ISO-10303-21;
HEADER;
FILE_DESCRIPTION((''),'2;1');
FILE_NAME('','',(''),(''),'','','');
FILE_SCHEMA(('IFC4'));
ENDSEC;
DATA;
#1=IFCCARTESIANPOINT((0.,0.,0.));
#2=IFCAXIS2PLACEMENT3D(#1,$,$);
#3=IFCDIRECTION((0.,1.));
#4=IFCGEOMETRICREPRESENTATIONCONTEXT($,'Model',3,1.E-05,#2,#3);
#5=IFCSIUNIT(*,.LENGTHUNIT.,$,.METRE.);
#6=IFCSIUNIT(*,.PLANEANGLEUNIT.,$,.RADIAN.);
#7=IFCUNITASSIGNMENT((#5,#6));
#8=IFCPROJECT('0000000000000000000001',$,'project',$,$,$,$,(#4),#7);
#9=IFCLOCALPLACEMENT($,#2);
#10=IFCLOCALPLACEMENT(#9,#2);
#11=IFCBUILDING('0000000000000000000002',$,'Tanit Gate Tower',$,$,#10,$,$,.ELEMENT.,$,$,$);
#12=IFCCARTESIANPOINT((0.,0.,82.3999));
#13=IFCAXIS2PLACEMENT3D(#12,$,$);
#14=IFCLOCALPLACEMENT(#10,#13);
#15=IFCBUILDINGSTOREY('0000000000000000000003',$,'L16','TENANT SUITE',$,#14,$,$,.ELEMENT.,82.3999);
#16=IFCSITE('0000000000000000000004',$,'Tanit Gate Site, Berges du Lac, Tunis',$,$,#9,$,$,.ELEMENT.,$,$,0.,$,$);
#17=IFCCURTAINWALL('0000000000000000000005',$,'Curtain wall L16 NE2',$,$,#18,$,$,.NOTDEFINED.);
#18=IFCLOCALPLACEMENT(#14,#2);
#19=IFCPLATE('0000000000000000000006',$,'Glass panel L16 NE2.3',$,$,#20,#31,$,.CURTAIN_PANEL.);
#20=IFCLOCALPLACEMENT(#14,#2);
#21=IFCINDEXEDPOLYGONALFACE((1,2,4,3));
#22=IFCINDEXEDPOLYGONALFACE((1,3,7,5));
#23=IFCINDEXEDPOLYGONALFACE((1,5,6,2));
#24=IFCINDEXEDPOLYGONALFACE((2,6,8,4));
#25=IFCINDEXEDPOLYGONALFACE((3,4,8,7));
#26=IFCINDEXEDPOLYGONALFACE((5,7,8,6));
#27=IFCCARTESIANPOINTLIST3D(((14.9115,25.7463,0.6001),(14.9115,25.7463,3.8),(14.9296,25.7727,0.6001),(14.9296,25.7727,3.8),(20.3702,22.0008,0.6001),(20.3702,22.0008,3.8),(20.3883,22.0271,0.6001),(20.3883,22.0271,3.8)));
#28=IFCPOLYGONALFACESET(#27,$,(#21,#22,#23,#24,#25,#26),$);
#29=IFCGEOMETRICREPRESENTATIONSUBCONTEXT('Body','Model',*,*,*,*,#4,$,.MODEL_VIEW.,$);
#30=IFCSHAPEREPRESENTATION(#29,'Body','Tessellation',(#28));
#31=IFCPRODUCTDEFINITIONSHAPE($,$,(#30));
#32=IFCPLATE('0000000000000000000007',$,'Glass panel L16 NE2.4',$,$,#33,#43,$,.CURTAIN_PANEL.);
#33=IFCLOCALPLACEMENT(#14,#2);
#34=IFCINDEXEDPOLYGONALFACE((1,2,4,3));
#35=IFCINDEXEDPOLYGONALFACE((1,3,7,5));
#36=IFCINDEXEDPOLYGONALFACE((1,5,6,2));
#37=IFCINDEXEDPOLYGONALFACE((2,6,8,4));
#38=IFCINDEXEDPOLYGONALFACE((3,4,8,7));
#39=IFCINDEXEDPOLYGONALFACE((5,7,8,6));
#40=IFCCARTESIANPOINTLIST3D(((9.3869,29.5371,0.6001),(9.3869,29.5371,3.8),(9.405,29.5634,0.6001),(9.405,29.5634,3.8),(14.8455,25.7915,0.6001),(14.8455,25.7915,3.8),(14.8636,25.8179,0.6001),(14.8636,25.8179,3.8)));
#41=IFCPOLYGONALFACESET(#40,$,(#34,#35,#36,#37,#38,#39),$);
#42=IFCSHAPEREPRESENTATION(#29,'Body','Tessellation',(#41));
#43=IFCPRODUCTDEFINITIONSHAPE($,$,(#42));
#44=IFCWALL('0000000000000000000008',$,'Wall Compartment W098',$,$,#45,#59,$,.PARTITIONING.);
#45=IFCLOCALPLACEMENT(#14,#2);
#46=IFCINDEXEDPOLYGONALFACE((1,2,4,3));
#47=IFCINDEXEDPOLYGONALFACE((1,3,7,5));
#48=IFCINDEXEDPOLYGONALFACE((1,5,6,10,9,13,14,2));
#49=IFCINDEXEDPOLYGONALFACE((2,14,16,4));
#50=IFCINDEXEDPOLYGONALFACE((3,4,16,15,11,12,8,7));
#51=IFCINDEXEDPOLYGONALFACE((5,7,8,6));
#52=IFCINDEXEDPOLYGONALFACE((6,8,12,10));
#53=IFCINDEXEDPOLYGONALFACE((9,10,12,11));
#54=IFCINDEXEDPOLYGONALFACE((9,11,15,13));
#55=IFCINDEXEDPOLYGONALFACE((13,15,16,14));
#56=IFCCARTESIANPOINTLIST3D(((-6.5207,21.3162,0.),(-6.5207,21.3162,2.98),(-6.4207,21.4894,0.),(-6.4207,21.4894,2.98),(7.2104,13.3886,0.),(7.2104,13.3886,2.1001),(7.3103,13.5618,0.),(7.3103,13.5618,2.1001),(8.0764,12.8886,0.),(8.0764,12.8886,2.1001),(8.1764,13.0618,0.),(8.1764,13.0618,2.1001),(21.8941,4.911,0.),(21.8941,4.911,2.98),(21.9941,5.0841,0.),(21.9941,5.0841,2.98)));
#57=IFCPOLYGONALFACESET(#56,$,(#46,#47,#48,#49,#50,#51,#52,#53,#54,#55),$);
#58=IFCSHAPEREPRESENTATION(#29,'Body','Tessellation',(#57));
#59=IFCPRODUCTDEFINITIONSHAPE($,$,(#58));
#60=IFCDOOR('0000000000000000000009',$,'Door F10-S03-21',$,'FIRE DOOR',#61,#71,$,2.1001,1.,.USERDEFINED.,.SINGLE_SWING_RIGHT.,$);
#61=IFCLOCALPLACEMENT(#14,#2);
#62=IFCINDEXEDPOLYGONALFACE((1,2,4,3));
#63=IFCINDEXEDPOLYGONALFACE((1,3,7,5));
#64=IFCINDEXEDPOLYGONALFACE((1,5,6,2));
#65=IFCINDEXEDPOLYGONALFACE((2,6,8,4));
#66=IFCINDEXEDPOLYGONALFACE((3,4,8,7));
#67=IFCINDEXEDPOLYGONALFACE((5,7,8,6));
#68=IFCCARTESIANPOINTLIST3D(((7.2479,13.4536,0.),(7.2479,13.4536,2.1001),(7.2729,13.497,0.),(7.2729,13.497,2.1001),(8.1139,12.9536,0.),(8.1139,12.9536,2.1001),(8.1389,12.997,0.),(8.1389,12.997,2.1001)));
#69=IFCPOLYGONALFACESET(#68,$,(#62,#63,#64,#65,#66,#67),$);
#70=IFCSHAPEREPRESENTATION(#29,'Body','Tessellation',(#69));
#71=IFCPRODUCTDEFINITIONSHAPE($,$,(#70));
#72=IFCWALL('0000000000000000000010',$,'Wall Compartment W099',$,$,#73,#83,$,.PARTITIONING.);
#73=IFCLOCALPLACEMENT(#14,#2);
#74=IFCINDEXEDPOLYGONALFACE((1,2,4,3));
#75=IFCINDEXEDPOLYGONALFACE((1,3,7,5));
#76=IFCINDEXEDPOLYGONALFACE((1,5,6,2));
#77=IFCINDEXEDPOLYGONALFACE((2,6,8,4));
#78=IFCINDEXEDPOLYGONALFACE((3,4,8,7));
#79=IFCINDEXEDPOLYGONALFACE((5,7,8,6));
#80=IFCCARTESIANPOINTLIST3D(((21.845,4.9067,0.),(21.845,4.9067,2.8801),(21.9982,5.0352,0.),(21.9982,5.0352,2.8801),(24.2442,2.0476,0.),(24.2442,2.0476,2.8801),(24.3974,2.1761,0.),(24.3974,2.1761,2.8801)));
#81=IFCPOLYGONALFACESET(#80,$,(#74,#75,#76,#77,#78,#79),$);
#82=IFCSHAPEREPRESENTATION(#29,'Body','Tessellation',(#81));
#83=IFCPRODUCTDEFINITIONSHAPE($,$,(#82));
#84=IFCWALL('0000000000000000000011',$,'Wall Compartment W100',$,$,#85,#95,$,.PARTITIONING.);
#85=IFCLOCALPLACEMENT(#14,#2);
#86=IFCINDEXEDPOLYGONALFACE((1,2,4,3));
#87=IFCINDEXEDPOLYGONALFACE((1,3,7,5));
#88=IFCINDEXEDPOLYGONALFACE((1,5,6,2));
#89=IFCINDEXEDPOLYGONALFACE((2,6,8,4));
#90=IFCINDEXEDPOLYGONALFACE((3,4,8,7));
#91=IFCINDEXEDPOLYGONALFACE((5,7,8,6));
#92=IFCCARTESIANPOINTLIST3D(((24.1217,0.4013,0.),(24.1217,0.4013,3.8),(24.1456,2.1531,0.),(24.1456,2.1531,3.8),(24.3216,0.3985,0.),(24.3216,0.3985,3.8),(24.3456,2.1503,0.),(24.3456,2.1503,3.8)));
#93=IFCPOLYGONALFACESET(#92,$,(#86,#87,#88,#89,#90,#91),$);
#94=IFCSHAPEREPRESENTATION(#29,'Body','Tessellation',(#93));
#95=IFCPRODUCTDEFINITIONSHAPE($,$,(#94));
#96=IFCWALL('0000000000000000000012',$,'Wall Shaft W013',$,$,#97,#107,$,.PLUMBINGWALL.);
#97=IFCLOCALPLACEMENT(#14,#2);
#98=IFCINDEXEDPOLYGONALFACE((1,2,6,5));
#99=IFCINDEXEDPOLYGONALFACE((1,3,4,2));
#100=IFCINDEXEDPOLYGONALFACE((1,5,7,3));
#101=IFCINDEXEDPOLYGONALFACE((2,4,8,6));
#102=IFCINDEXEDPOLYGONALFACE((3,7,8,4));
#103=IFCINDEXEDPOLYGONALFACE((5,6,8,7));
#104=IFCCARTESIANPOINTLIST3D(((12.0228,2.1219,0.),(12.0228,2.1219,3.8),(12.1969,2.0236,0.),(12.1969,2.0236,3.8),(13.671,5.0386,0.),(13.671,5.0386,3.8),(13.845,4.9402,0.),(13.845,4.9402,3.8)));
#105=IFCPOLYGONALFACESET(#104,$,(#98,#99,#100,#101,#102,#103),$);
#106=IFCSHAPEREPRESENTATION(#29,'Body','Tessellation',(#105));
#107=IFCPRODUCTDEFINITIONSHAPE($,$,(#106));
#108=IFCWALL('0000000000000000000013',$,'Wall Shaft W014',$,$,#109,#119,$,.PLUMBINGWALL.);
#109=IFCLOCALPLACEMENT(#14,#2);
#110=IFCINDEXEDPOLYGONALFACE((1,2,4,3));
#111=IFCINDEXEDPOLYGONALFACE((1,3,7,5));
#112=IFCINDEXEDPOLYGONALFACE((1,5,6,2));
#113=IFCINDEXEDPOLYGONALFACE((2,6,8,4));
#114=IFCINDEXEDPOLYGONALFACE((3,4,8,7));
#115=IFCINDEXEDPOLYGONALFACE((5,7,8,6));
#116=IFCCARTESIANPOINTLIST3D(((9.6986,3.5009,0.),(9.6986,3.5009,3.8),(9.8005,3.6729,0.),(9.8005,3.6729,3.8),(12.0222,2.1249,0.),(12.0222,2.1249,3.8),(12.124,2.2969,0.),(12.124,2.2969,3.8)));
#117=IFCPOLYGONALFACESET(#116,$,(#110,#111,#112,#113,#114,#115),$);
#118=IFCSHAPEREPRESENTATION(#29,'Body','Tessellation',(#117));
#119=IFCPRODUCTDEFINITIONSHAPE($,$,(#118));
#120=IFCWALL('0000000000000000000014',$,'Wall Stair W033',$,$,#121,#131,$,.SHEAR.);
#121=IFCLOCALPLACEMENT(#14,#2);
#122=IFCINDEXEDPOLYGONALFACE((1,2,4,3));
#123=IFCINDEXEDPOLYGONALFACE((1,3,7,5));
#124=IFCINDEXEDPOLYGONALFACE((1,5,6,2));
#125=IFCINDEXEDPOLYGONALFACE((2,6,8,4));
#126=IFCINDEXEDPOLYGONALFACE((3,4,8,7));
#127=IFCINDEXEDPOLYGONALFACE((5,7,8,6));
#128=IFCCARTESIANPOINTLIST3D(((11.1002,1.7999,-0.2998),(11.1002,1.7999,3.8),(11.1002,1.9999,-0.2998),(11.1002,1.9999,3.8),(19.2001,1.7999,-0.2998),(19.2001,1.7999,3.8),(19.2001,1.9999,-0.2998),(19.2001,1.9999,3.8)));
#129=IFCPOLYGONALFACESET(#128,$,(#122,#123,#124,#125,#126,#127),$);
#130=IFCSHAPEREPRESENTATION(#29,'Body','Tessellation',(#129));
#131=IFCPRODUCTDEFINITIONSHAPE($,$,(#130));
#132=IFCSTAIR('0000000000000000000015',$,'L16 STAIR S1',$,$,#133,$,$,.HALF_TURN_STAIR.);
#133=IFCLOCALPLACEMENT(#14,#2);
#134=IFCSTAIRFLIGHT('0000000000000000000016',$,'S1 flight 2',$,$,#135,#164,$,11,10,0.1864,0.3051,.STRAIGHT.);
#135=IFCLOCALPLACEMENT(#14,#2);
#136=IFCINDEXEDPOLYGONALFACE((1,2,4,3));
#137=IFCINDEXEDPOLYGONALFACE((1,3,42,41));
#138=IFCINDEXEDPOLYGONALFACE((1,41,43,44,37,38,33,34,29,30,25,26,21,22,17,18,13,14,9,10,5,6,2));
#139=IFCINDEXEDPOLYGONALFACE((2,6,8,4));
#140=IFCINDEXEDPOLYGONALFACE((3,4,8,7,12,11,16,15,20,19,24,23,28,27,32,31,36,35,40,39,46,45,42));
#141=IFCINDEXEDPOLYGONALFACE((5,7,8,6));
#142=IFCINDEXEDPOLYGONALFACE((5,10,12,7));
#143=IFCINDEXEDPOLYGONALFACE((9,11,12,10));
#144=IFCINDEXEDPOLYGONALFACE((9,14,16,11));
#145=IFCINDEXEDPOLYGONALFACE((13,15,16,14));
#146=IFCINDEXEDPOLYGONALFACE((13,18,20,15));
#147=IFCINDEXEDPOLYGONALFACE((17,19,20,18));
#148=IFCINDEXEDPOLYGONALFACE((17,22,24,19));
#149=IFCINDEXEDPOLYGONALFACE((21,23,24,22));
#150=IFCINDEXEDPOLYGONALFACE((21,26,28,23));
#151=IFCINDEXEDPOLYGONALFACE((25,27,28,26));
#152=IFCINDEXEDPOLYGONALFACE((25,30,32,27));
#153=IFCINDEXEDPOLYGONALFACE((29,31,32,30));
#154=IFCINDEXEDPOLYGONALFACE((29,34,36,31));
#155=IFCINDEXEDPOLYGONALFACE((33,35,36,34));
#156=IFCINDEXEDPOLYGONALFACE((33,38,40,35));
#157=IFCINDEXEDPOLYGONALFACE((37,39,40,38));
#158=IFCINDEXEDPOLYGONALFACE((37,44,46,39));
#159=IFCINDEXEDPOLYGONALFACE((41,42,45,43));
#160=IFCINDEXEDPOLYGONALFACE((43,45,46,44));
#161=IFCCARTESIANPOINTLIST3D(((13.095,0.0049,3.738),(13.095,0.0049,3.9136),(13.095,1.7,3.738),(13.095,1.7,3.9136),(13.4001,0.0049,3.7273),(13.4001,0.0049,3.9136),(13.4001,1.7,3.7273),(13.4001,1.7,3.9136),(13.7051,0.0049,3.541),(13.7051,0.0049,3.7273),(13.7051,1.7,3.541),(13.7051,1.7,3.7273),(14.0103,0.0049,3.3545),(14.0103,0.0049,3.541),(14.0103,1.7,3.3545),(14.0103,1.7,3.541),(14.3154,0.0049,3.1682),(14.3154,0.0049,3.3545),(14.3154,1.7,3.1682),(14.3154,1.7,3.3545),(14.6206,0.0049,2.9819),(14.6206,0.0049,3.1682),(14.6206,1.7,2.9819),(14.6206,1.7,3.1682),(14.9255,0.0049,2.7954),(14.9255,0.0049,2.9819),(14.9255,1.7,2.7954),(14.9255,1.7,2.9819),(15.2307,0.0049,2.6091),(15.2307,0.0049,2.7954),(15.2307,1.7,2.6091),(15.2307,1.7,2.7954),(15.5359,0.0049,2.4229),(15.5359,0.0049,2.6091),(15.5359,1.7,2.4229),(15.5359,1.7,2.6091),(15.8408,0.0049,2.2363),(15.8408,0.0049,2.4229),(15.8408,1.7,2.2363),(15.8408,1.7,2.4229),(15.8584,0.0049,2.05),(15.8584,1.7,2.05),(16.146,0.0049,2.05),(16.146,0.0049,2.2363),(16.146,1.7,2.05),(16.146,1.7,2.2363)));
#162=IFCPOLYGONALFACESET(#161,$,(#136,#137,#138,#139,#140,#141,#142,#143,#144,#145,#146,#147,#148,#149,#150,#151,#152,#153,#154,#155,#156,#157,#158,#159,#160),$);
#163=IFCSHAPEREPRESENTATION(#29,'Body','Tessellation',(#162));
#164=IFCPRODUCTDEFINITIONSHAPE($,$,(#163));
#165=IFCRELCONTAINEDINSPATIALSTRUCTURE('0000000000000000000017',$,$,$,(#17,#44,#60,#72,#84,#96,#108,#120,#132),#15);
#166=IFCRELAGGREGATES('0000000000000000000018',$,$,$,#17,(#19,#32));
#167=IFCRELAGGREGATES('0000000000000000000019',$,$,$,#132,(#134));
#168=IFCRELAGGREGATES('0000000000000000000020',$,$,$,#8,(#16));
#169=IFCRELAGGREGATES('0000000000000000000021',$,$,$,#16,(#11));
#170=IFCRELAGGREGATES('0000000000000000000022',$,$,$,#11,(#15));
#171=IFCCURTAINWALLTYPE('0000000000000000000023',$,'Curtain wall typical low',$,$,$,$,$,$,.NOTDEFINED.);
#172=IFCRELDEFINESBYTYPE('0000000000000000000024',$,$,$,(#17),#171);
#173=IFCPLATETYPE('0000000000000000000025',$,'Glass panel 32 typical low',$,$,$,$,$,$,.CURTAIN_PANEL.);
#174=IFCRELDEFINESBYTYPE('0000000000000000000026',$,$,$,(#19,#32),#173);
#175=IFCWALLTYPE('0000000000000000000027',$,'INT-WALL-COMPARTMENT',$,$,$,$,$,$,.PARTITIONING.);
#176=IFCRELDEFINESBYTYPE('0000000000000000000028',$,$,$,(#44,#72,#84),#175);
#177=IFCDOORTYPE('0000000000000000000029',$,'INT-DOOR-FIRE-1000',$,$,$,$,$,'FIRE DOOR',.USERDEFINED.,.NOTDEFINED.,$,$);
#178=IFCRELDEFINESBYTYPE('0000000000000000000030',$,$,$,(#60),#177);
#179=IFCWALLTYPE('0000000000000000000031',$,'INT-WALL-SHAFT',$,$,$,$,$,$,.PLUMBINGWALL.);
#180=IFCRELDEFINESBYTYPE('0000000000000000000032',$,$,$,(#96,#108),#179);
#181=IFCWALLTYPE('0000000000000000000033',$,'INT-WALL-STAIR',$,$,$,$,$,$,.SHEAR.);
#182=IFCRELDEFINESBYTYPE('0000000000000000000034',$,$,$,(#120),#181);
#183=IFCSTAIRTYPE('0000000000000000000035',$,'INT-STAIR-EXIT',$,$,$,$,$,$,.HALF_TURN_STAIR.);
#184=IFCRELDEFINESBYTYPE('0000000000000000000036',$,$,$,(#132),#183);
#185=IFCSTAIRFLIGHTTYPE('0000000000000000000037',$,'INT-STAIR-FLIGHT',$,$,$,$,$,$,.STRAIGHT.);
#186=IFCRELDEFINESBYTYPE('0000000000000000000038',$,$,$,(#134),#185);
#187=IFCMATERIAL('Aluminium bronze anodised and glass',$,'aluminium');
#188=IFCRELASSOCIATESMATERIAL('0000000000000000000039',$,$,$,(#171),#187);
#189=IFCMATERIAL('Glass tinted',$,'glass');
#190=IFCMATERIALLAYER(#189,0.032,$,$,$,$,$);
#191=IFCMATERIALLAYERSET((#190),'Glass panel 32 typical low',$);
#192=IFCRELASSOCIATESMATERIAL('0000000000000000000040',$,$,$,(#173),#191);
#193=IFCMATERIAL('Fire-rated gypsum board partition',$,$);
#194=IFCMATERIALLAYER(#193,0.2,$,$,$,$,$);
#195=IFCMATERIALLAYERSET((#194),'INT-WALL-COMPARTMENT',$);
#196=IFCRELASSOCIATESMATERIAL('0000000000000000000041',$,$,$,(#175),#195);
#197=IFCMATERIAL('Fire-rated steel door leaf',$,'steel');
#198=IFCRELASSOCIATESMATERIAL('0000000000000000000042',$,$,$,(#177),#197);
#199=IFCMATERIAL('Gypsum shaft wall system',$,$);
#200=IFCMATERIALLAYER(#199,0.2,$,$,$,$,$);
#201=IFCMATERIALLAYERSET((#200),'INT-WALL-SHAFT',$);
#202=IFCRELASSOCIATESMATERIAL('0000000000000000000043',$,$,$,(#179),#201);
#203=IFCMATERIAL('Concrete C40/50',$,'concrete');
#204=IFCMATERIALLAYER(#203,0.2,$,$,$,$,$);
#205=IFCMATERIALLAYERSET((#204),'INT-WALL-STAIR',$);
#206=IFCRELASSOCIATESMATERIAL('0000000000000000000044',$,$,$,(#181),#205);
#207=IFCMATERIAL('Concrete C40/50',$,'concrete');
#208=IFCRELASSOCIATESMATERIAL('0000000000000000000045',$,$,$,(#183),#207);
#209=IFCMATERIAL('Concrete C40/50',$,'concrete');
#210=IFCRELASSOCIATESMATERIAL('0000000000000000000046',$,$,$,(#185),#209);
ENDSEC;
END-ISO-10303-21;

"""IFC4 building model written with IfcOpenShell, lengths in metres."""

from ifc_helpers import new_model, si_unit, direction, frame, frame_2d, origin, origin_2d, place, context, subcontext, project, spatial, polyline, rectangle, outline, extrude, material, layer, layer_set, type_object, element, fill, aggregate, save


model = new_model("IFC4")

# Units and contexts
model_context = context("Model", 3, precision=1e-05, world=origin(), true_north=direction((0.0, 1.0)))
body_context = subcontext(model_context, "Body", "Model", "MODEL_VIEW")
ifc_project = project(units=[si_unit("LENGTHUNIT", "METRE"), si_unit("PLANEANGLEUNIT", "RADIAN")], contexts=[model_context])

# Site, building, storey
site_placement = place(None, origin())
site = spatial("IfcSite", under=ifc_project, at=site_placement, Name="Tanit Gate Site, Berges du Lac, Tunis", CompositionType="ELEMENT", RefElevation=0.0)
building_placement = place(site_placement, origin())
building = spatial("IfcBuilding", under=site, at=building_placement, Name="Tanit Gate Tower", CompositionType="ELEMENT")
storey_placement = place(building_placement, frame((0.0, 0.0, 82.3999)))
storey = spatial("IfcBuildingStorey", under=building, at=storey_placement, Name="L16", Description="TENANT SUITE", CompositionType="ELEMENT", Elevation=82.3999)

# Curtain wall
ifc_material_1 = material(Name="Aluminium bronze anodised and glass", Category="aluminium")
curtain_wall_type = type_object("IfcCurtainWallType", Name="Curtain wall typical low", PredefinedType="NOTDEFINED", material=ifc_material_1)
curtain_wall_placement = place(storey_placement, origin())
curtain_wall = element("IfcCurtainWall", 1, at=curtain_wall_placement, inside=storey, type_object=curtain_wall_type, Name="Curtain wall L16 NE2", PredefinedType="NOTDEFINED")

# Plates
ifc_material_2 = material(Name="Glass tinted", Category="glass")
ifc_layer_1 = layer(ifc_material_2, 0.032)
ifc_layer_set_1 = layer_set([ifc_layer_1], Name="Glass panel 32 typical low")
plate_type = type_object("IfcPlateType", Name="Glass panel 32 typical low", PredefinedType="CURTAIN_PANEL", material=ifc_layer_set_1)
plate_1_placement = place(storey_placement, frame((17.6499, 23.8867, 0.6001), z_axis=(0.0, 0.0, 1.0), x_axis=(-0.824557, 0.56578, 0.0)))
plate_1 = element("IfcPlate", 2, at=plate_1_placement, type_object=plate_type, Name="Glass panel L16 NE2.3", PredefinedType="CURTAIN_PANEL", context=body_context, shape_type="SweptSolid", body=[
    extrude(rectangle(XDim=6.6201, YDim=0.032, at=origin_2d()), origin(), (0.0, 0.0, 1.0), 3.2),
])
plate_2_placement = place(storey_placement, frame((12.1252, 27.6775, 0.6001), z_axis=(0.0, 0.0, 1.0), x_axis=(-0.824557, 0.56578, 0.0)))
plate_2 = element("IfcPlate", 3, at=plate_2_placement, type_object=plate_type, Name="Glass panel L16 NE2.4", PredefinedType="CURTAIN_PANEL", context=body_context, shape_type="SweptSolid", body=[
    extrude(rectangle(XDim=6.6201, YDim=0.032, at=origin_2d()), origin(), (0.0, 0.0, 1.0), 3.2),
])
aggregate(curtain_wall, [plate_1, plate_2])

# Wall, opening, door
ifc_material_3 = material(Name="Fire-rated gypsum board partition")
ifc_layer_2 = layer(ifc_material_3, 0.2)
ifc_layer_set_2 = layer_set([ifc_layer_2], Name="INT-WALL-COMPARTMENT")
wall_type_1 = type_object("IfcWallType", Name="INT-WALL-COMPARTMENT", PredefinedType="PARTITIONING", material=ifc_layer_set_2)
wall_1_placement = place(storey_placement, frame((21.9441, 4.9976, 0.0), z_axis=(0.0, 0.0, 1.0), x_axis=(-0.866026, 0.5, 0.0)))
wall_1 = element("IfcWall", 4, at=wall_1_placement, inside=storey, type_object=wall_type_1, Name="Wall Compartment W098", PredefinedType="PARTITIONING", context=body_context, shape_type="SweptSolid", body=[
    extrude(rectangle(XDim=32.8105, YDim=0.2, at=frame_2d((16.4053, 0.0))), origin(), (0.0, 0.0, 1.0), 2.98),
])
opening_1_placement = place(wall_1_placement, frame((15.9553, 0.0, 0.0)))
opening_1 = element("IfcOpeningElement", 5, at=opening_1_placement, cuts=wall_1, PredefinedType="OPENING", context=body_context, shape_type="SweptSolid", body=[
    extrude(rectangle(XDim=1.0, YDim=2.1001, at=frame_2d((0.5, 1.05))), frame((0.0, 0.1099, 0.0), z_axis=(0.0, -1.0, 0.0), x_axis=(1.0, 0.0, 0.0)), (0.0, 0.0, 1.0), 0.22),
])
ifc_material_4 = material(Name="Fire-rated steel door leaf", Category="steel")
door_type_1 = type_object("IfcDoorType", Name="INT-DOOR-FIRE-1000", ElementType="FIRE DOOR", OperationType="NOTDEFINED", PredefinedType="USERDEFINED", material=ifc_material_4)
door_1_placement = place(opening_1_placement, origin())
door_1 = element("IfcDoor", 6, at=door_1_placement, inside=storey, type_object=door_type_1, Name="Door F10-S03-21", ObjectType="FIRE DOOR", OperationType="SINGLE_SWING_RIGHT", OverallHeight=2.1001, OverallWidth=1.0, PredefinedType="USERDEFINED", context=body_context, shape_type="SweptSolid", body=[
    extrude(rectangle(XDim=1.0, YDim=2.1001, at=frame_2d((0.5, 1.05))), frame((0.0, 0.0249, 0.0), z_axis=(0.0, -1.0, 0.0), x_axis=(1.0, 0.0, 0.0)), (0.0, 0.0, 1.0), 0.05),
])
fill(opening_1, door_1)

# Walls
wall_2_placement = place(storey_placement, frame((24.3208, 2.1118, 0.0), z_axis=(0.0, 0.0, 1.0), x_axis=(-0.642799, 0.766035, 0.0)))
element("IfcWall", 7, at=wall_2_placement, inside=storey, type_object=wall_type_1, Name="Wall Compartment W099", PredefinedType="PARTITIONING", context=body_context, shape_type="SweptSolid", body=[
    extrude(rectangle(XDim=3.7324, YDim=0.2, at=frame_2d((1.8662, 0.0))), origin(), (0.0, 0.0, 1.0), 2.8801),
])
wall_3_placement = place(storey_placement, frame((24.2217, 0.3999, 0.0), z_axis=(0.0, 0.0, 1.0), x_axis=(0.013657, 0.999907, 0.0)))
element("IfcWall", 8, at=wall_3_placement, inside=storey, type_object=wall_type_1, Name="Wall Compartment W100", PredefinedType="PARTITIONING", context=body_context, shape_type="SweptSolid", body=[
    extrude(rectangle(XDim=1.752, YDim=0.2, at=frame_2d((0.876, 0.0))), origin(), (0.0, 0.0, 1.0), 3.8),
])
ifc_material_5 = material(Name="Gypsum shaft wall system")
ifc_layer_3 = layer(ifc_material_5, 0.2)
ifc_layer_set_3 = layer_set([ifc_layer_3], Name="INT-WALL-SHAFT")
wall_type_2 = type_object("IfcWallType", Name="INT-WALL-SHAFT", PredefinedType="PLUMBINGWALL", material=ifc_layer_set_3)
wall_4_placement = place(storey_placement, frame((12.1099, 2.0728, 0.0), z_axis=(0.0, 0.0, 1.0), x_axis=(0.491966, 0.870614, 0.0)))
element("IfcWall", 9, at=wall_4_placement, inside=storey, type_object=wall_type_2, Name="Wall Shaft W013", PredefinedType="PLUMBINGWALL", context=body_context, shape_type="SweptSolid", body=[
    extrude(rectangle(XDim=3.3501, YDim=0.2, at=frame_2d((1.675, 0.0))), origin(), (0.0, 0.0, 1.0), 3.8),
])
wall_5_placement = place(storey_placement, frame((12.073, 2.2109, 0.0), z_axis=(0.0, 0.0, 1.0), x_axis=(-0.860438, 0.509555, 0.0)))
element("IfcWall", 10, at=wall_5_placement, inside=storey, type_object=wall_type_2, Name="Wall Shaft W014", PredefinedType="PLUMBINGWALL", context=body_context, shape_type="SweptSolid", body=[
    extrude(rectangle(XDim=2.7004, YDim=0.2, at=frame_2d((1.3501, 0.0))), origin(), (0.0, 0.0, 1.0), 3.8),
])
ifc_material_6 = material(Name="Concrete C40/50", Category="concrete")
ifc_layer_4 = layer(ifc_material_6, 0.2)
ifc_layer_set_4 = layer_set([ifc_layer_4], Name="INT-WALL-STAIR")
wall_type_3 = type_object("IfcWallType", Name="INT-WALL-STAIR", PredefinedType="SHEAR", material=ifc_layer_set_4)
wall_6_placement = place(storey_placement, frame((19.2, 1.8999, -0.2998), z_axis=(0.0, 0.0, 1.0), x_axis=(-1.0, 0.0, 0.0)))
element("IfcWall", 11, at=wall_6_placement, inside=storey, type_object=wall_type_3, Name="Wall Stair W033", PredefinedType="SHEAR", context=body_context, shape_type="SweptSolid", body=[
    extrude(rectangle(XDim=8.0999, YDim=0.2, at=frame_2d((4.0498, 0.0))), origin(), (0.0, 0.0, 1.0), 4.0999),
])

# Stair, stair flight
ifc_material_7 = material(Name="Concrete C40/50", Category="concrete")
stair_type = type_object("IfcStairType", Name="INT-STAIR-EXIT", PredefinedType="HALF_TURN_STAIR", material=ifc_material_7)
stair_placement = place(storey_placement, origin())
stair = element("IfcStair", 12, at=stair_placement, inside=storey, type_object=stair_type, Name="L16 STAIR S1", PredefinedType="HALF_TURN_STAIR")
ifc_material_8 = material(Name="Concrete C40/50", Category="concrete")
stair_flight_type = type_object("IfcStairFlightType", Name="INT-STAIR-FLIGHT", PredefinedType="STRAIGHT", material=ifc_material_8)
stair_flight_placement = place(storey_placement, frame((16.146, 0.8525, 2.05), z_axis=(0.0, 0.0, 1.0), x_axis=(-1.0, 0.0, 0.0)))
stair_flight = element("IfcStairFlight", 13, at=stair_flight_placement, type_object=stair_flight_type, Name="S1 flight 2", NumberOfRisers=11, NumberOfTreads=10, PredefinedType="STRAIGHT", RiserHeight=0.1864, TreadLength=0.3051, context=body_context, shape_type="SweptSolid", body=[
    extrude(outline(polyline([(0.0, 0.0), (0.0, 0.1863), (0.3052, 0.1863), (0.3052, 0.3728), (0.6101, 0.3728), (0.6101, 0.5591), (0.9153, 0.5591), (0.9153, 0.7454), (1.2205, 0.7454), (1.2205, 0.9319), (1.5254, 0.9319), (1.5254, 1.1182), (1.8306, 1.1182), (1.8306, 1.3044), (2.1357, 1.3044), (2.1357, 1.491), (2.4409, 1.491), (2.4409, 1.6772), (2.7458, 1.6772), (2.7458, 1.8635), (3.051, 1.8635), (3.051, 2.05), (3.051, 1.688), (0.2876, 0.0), (0.0, 0.0)])), frame((0.0, 0.8477, 0.0), z_axis=(0.0, -1.0, 0.0), x_axis=(1.0, 0.0, 0.0)), (0.0, 0.0, 1.0), 1.6951),
])
aggregate(stair, [stair_flight])

save(model, "model.ifc")
